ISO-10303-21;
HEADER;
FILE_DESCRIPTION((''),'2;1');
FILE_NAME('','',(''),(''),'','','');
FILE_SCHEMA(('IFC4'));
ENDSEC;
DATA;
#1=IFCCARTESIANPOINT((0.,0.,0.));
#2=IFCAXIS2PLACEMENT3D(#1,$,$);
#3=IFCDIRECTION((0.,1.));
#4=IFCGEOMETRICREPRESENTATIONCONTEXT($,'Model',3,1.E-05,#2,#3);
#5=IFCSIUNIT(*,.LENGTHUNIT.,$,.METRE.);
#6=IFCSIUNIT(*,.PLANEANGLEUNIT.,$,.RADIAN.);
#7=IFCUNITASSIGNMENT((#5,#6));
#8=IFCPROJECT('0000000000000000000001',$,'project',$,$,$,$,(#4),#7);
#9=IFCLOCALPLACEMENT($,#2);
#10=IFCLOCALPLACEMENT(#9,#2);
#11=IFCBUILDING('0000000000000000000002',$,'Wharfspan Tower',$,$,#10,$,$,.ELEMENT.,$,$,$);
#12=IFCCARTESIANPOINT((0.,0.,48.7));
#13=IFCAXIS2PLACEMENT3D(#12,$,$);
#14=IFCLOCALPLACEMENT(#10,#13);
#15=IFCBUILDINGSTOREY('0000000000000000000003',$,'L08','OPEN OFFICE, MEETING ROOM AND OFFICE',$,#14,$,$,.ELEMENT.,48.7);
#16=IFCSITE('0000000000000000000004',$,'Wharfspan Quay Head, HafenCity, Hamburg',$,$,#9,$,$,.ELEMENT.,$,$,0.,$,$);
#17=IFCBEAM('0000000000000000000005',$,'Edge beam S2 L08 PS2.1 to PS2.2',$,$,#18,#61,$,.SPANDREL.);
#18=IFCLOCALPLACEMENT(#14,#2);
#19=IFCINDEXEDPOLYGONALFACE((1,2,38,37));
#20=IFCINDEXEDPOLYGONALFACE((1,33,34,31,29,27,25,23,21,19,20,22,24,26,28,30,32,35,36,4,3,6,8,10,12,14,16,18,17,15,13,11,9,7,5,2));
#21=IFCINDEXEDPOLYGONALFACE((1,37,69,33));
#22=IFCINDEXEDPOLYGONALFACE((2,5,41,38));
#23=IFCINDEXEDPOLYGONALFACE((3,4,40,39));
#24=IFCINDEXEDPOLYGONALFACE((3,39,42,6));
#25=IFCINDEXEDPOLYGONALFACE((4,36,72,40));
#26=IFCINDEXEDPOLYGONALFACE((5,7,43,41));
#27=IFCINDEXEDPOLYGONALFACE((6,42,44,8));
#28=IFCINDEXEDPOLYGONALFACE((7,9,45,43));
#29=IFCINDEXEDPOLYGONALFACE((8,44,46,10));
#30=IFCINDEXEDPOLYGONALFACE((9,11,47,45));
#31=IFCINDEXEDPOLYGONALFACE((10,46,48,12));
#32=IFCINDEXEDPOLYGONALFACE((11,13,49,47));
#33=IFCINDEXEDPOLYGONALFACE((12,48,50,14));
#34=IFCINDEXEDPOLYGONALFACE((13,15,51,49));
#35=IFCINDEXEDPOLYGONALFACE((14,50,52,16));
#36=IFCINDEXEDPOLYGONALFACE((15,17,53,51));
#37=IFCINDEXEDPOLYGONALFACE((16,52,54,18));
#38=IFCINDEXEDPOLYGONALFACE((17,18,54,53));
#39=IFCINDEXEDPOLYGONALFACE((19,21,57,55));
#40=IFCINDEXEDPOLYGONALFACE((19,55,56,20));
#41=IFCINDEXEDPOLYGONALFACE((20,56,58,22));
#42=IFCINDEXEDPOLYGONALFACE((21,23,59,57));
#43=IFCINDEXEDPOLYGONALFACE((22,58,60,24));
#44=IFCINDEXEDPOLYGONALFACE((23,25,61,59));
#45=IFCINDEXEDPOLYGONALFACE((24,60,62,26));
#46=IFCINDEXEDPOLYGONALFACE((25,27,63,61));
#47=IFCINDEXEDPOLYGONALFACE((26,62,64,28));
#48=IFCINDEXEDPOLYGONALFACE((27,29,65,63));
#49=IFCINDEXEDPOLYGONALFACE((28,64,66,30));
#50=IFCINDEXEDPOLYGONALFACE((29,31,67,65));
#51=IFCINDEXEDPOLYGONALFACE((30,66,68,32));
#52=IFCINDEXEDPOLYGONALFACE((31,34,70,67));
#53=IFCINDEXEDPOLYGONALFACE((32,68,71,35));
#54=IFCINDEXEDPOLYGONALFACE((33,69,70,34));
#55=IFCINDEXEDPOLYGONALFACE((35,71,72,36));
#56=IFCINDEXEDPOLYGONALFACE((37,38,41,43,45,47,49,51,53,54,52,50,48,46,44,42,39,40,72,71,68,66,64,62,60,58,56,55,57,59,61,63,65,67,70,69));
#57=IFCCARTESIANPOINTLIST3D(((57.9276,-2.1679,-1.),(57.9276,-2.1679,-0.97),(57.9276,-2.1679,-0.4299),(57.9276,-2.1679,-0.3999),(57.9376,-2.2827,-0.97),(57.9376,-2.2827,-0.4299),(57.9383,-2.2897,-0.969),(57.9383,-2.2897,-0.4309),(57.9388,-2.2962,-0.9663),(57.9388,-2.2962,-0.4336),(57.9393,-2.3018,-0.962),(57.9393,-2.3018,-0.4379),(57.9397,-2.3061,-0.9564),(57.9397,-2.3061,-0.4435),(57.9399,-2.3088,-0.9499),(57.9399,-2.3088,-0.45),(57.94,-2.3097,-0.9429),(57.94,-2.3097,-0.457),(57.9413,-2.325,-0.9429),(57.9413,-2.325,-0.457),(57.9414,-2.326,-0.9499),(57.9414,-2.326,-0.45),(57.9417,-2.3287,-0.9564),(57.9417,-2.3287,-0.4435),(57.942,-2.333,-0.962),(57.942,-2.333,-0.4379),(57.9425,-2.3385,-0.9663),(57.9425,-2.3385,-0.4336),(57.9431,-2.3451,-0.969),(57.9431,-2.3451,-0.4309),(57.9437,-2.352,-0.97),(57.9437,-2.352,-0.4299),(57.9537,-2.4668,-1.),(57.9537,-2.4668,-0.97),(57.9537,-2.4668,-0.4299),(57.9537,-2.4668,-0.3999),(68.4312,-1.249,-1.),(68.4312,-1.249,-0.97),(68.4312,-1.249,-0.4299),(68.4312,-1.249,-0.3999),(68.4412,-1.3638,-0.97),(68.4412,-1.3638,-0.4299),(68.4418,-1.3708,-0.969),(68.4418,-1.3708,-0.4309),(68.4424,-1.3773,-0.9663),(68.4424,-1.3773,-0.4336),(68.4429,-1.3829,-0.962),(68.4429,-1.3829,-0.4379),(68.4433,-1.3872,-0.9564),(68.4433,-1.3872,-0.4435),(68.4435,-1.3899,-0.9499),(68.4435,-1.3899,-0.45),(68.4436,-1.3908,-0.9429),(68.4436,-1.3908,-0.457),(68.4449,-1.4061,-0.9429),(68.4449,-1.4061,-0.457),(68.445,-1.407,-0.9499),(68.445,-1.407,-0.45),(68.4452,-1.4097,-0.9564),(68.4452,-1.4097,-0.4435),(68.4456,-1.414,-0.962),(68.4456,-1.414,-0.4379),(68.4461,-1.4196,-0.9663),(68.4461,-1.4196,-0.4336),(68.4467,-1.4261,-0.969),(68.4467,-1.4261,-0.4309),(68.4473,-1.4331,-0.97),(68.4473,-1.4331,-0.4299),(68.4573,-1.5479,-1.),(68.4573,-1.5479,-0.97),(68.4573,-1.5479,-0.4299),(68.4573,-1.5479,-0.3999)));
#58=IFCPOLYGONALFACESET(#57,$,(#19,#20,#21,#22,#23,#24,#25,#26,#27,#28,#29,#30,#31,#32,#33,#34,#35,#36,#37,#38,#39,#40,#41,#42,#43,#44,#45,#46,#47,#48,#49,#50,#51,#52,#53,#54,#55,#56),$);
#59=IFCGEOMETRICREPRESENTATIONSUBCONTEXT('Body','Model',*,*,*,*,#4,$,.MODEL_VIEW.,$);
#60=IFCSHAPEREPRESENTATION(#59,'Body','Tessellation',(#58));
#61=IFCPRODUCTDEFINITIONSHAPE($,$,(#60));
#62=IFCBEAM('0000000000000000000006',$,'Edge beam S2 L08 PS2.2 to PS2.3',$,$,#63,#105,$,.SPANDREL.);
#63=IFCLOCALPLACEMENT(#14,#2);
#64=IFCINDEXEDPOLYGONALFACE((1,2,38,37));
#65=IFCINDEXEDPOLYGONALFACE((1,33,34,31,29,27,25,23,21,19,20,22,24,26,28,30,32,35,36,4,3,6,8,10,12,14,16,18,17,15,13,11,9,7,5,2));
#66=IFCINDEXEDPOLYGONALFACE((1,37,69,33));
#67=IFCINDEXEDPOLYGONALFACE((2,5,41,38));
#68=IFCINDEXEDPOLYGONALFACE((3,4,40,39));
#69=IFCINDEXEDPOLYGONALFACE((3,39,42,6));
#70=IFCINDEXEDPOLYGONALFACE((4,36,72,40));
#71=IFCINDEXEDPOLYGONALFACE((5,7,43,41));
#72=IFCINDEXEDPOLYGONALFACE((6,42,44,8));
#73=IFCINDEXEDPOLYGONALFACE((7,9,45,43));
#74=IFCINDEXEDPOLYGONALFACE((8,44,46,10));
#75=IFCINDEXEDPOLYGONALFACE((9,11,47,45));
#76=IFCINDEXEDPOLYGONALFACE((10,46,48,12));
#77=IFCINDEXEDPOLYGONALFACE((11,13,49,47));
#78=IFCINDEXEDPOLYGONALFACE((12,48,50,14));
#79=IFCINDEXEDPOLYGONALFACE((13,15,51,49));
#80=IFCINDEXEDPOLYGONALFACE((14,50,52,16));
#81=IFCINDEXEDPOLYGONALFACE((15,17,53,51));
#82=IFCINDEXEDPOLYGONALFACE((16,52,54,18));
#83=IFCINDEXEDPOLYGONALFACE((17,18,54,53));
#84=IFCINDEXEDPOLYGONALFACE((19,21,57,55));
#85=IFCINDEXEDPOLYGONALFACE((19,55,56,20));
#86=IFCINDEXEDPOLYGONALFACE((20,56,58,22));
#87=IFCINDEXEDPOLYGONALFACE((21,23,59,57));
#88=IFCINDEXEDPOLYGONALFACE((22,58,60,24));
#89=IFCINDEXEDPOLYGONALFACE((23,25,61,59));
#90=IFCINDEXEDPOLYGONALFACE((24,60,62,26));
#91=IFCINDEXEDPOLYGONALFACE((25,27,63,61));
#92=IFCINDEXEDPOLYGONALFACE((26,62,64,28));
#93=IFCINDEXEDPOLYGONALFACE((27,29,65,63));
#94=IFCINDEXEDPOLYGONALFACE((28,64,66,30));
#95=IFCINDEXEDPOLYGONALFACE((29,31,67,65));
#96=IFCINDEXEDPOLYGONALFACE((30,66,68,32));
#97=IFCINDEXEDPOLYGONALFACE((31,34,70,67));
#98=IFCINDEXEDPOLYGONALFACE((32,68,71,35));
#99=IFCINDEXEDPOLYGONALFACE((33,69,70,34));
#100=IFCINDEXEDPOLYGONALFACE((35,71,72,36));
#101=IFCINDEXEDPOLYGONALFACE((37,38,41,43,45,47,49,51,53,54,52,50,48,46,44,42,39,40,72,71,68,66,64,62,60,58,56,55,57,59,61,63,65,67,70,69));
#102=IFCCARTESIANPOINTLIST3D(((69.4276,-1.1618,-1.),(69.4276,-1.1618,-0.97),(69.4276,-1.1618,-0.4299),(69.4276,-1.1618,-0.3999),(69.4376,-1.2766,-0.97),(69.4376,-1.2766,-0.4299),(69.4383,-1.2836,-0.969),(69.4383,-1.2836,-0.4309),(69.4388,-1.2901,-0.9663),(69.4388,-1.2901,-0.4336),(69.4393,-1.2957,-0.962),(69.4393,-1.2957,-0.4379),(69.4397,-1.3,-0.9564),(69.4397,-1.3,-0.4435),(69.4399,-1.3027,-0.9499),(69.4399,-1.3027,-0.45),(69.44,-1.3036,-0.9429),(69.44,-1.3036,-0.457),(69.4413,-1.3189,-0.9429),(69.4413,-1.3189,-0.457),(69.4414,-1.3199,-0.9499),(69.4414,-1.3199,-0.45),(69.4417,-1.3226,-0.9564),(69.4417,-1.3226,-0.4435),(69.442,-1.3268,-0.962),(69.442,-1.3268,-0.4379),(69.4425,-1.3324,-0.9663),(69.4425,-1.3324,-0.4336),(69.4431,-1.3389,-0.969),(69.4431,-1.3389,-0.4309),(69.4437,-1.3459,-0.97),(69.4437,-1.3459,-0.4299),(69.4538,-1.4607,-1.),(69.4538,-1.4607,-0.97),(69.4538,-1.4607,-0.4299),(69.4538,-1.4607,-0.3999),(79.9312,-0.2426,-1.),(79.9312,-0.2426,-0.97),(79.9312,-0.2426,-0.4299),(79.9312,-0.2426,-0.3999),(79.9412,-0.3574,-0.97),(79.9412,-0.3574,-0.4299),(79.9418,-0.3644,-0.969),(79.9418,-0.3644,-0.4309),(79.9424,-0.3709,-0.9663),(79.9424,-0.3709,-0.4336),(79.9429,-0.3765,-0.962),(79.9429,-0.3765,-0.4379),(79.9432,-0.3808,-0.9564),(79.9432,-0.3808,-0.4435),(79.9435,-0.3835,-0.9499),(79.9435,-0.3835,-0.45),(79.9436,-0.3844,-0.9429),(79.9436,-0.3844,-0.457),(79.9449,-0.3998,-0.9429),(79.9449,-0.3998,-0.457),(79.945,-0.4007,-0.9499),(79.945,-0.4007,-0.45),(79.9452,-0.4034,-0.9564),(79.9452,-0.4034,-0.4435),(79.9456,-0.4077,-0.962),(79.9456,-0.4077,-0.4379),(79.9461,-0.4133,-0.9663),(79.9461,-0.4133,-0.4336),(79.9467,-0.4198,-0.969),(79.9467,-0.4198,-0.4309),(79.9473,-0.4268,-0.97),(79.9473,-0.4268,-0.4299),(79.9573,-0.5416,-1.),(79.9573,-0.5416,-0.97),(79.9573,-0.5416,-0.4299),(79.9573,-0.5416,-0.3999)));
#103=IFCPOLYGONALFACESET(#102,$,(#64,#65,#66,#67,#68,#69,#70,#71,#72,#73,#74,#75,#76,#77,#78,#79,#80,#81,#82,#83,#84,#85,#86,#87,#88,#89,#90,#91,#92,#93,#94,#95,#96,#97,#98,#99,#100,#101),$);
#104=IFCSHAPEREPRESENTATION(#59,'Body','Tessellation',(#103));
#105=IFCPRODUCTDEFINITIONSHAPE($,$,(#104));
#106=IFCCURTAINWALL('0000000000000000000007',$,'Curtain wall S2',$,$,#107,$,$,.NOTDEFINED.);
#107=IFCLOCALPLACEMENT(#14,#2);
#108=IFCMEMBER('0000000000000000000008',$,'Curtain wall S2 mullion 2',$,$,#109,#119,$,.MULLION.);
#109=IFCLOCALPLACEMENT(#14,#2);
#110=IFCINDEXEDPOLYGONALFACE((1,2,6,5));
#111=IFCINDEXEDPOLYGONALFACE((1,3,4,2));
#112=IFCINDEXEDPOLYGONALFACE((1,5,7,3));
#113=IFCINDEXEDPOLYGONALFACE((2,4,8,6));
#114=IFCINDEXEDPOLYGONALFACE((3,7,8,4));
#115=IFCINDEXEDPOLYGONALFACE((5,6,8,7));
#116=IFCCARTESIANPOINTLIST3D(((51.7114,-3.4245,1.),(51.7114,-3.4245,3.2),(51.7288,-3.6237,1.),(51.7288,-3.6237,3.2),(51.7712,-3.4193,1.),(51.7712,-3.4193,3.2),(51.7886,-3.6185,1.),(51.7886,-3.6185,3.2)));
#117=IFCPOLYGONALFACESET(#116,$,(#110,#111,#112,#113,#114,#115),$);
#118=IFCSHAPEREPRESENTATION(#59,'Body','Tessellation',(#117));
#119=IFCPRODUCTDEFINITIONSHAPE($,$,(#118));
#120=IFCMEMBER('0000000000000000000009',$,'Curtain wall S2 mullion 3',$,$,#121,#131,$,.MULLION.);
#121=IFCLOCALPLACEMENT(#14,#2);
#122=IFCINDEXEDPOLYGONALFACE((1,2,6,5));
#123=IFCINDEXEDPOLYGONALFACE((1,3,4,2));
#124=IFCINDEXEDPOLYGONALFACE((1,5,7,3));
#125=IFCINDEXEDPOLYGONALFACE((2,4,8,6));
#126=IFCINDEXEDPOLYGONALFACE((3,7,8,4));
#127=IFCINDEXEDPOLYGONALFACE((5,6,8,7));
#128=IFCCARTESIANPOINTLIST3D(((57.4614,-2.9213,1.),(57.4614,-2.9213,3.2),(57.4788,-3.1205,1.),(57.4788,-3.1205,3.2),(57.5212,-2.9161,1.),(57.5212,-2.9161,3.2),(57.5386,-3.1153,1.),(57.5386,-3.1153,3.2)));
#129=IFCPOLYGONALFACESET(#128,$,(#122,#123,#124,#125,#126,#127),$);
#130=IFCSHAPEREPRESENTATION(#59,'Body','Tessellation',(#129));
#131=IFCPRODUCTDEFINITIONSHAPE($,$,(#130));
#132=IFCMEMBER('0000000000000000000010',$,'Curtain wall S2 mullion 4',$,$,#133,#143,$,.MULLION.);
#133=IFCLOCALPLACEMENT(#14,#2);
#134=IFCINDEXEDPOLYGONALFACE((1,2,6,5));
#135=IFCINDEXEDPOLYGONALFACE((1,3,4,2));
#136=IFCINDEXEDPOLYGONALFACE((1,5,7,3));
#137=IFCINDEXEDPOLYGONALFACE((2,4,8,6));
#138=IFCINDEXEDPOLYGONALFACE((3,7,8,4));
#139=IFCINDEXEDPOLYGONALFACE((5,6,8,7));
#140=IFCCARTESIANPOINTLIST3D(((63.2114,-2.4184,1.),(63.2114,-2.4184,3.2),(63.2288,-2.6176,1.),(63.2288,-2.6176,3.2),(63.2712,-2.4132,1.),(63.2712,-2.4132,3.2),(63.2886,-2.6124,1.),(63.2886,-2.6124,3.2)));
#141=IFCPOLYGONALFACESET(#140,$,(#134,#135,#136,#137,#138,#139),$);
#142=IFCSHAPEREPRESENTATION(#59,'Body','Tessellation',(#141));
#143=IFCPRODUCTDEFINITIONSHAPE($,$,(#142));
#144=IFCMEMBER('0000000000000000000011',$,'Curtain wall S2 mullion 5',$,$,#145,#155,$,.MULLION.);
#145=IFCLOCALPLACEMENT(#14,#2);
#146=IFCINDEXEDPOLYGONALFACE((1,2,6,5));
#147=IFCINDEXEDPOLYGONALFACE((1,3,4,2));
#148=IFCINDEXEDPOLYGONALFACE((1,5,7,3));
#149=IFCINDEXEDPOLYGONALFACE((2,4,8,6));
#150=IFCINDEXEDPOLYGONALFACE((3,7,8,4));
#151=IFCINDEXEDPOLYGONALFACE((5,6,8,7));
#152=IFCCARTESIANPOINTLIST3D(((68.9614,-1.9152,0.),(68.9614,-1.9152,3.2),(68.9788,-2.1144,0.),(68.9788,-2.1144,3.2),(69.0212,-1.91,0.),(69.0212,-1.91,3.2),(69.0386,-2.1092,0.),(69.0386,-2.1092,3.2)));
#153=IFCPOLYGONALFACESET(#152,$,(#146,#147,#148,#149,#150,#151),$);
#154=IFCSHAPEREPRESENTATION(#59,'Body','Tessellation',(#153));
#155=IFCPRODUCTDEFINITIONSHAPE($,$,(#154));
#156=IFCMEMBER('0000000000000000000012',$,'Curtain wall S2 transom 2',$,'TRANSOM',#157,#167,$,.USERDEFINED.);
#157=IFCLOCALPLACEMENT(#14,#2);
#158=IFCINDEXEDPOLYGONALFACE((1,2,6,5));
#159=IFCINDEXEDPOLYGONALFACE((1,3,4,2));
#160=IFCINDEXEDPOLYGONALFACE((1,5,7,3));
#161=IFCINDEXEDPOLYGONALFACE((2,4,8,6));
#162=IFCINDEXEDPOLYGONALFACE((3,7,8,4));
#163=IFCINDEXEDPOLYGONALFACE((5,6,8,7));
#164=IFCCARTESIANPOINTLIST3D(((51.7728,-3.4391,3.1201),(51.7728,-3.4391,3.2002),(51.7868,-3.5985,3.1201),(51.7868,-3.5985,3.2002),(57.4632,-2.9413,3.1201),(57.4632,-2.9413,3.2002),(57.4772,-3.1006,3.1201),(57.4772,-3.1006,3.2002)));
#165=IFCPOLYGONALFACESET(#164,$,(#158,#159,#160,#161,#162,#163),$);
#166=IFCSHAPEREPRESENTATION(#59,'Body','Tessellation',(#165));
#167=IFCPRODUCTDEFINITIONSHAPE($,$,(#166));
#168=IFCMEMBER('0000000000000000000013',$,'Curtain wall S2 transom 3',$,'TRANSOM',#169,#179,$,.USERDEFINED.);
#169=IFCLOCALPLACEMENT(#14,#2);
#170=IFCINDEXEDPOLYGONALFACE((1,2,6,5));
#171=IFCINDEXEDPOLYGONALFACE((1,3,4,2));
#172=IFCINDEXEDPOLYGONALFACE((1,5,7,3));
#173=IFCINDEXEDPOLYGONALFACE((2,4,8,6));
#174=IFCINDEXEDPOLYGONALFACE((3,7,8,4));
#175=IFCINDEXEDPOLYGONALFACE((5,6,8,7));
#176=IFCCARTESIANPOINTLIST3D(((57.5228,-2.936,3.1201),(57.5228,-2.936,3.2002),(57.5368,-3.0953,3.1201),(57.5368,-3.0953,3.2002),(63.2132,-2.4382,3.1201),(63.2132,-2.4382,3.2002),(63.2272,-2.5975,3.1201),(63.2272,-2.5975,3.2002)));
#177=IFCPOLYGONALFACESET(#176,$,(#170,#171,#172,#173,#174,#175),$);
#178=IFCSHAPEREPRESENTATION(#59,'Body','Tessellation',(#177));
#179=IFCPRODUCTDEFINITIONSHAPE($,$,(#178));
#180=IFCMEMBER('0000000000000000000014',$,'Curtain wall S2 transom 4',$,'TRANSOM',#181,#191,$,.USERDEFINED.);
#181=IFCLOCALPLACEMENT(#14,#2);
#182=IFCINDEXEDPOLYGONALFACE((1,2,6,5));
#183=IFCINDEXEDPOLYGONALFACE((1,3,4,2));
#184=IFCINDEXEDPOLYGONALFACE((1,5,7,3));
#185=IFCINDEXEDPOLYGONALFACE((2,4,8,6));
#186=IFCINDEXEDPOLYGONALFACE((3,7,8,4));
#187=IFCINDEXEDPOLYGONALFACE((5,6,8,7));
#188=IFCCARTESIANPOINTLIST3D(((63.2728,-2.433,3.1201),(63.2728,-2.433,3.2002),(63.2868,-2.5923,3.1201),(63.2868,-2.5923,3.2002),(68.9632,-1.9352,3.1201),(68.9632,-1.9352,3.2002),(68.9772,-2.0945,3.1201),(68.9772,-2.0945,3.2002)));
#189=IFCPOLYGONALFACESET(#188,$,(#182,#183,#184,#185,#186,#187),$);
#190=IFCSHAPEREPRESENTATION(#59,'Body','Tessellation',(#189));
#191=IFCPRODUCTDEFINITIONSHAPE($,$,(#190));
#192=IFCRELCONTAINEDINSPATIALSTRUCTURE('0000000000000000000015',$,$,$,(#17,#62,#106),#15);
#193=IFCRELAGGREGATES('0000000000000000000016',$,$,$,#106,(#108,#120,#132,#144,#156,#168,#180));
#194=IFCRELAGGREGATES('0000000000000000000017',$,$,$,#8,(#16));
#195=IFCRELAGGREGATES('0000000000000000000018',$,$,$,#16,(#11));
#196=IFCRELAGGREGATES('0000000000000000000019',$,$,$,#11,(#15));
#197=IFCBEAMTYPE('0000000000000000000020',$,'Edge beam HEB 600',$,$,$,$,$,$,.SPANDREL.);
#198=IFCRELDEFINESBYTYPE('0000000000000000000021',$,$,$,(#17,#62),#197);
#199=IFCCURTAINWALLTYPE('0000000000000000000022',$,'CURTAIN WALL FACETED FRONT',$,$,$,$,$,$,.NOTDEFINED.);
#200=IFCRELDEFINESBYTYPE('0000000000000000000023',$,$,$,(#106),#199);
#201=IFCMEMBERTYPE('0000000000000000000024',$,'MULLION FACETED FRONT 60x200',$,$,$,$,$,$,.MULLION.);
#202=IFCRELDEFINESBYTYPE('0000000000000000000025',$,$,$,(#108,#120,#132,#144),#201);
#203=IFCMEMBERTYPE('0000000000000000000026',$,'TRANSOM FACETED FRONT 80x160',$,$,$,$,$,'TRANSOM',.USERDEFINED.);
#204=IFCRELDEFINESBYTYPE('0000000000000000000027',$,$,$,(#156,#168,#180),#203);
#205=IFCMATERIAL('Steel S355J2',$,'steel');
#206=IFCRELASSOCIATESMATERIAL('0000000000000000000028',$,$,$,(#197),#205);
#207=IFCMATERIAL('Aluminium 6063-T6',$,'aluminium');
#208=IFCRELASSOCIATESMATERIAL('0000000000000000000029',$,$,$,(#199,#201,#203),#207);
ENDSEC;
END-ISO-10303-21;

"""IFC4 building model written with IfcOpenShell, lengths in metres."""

from ifc_helpers import new_model, si_unit, direction, frame, origin, origin_2d, place, context, subcontext, project, spatial, rectangle, i_section, extrude, material, material_profile, profile_set, type_object, element, aggregate, save


model = new_model("IFC4")

# Units and contexts
model_context = context("Model", 3, precision=1e-05, world=origin(), true_north=direction((0.0, 1.0)))
body_context = subcontext(model_context, "Body", "Model", "MODEL_VIEW")
ifc_project = project(units=[si_unit("LENGTHUNIT", "METRE"), si_unit("PLANEANGLEUNIT", "RADIAN")], contexts=[model_context])

# Site, building, storey
site_placement = place(None, origin())
site = spatial("IfcSite", under=ifc_project, at=site_placement, Name="Wharfspan Quay Head, HafenCity, Hamburg", CompositionType="ELEMENT", RefElevation=0.0)
building_placement = place(site_placement, origin())
building = spatial("IfcBuilding", under=site, at=building_placement, Name="Wharfspan Tower", CompositionType="ELEMENT")
storey_placement = place(building_placement, frame((0.0, 0.0, 48.7)))
storey = spatial("IfcBuildingStorey", under=building, at=storey_placement, Name="L08", Description="OPEN OFFICE, MEETING ROOM AND OFFICE", CompositionType="ELEMENT", Elevation=48.7)

# Shared definitions
ifc_material_1 = material(Name="Steel S355J2", Category="steel")

# Beams
ifc_material_profile_1 = material_profile(ifc_material_1, i_section(OverallWidth=0.3, OverallDepth=0.6001, WebThickness=0.0154, FlangeThickness=0.03, FilletRadius=0.0271, at=origin_2d()))
ifc_profile_set_1 = profile_set([ifc_material_profile_1], Name="Steel S355J2")
beam_type = type_object("IfcBeamType", Name="Edge beam HEB 600", PredefinedType="SPANDREL", material=ifc_profile_set_1)
for number, where, z_axis, x_axis, name in (
    (1, (57.9407, -2.3174, -0.7), (0.996195, 0.087155, 0.0), (-0.087155, 0.996195, 0.0), "Edge beam S2 L08 PS2.1 to PS2.2"),
    (2, (69.4407, -1.3113, -0.7), (0.996193, 0.087178, 0.0), (-0.087178, 0.996193, 0.0), "Edge beam S2 L08 PS2.2 to PS2.3"),
):
    element("IfcBeam", number, at=place(storey_placement, frame(where, z_axis=z_axis, x_axis=x_axis)), inside=storey, type_object=beam_type, Name=name, PredefinedType="SPANDREL", context=body_context, shape_type="SweptSolid", body=[
        extrude(i_section(OverallWidth=0.3, OverallDepth=0.6001, WebThickness=0.0154, FlangeThickness=0.03, FilletRadius=0.0271, at=origin_2d()), origin(), (0.0, 0.0, 1.0), 10.5437),
    ])

# Curtain wall, members
ifc_material_2 = material(Name="Aluminium 6063-T6", Category="aluminium")
curtain_wall_type = type_object("IfcCurtainWallType", Name="CURTAIN WALL FACETED FRONT", PredefinedType="NOTDEFINED", material=ifc_material_2)
curtain_wall_placement = place(storey_placement, origin())
curtain_wall = element("IfcCurtainWall", 3, at=curtain_wall_placement, inside=storey, type_object=curtain_wall_type, Name="Curtain wall S2", PredefinedType="NOTDEFINED")
ifc_material_profile_2 = material_profile(ifc_material_2, rectangle(XDim=0.2, YDim=0.0601, at=origin_2d()))
ifc_profile_set_2 = profile_set([ifc_material_profile_2], Name="Aluminium 6063-T6")
member_type_1 = type_object("IfcMemberType", Name="MULLION FACETED FRONT 60x200", PredefinedType="MULLION", material=ifc_profile_set_2)
member_1_placement = place(storey_placement, frame((51.75, -3.5215, 1.0), z_axis=(0.0, 0.0, 1.0), x_axis=(-0.087156, 0.996197, 0.0)))
member_1 = element("IfcMember", 4, at=member_1_placement, type_object=member_type_1, Name="Curtain wall S2 mullion 2", PredefinedType="MULLION", context=body_context, shape_type="SweptSolid", body=[
    extrude(rectangle(XDim=0.2, YDim=0.0601, at=origin_2d()), origin(), (0.0, 0.0, 1.0), 2.2),
])
member_2_placement = place(storey_placement, frame((57.5, -3.0183, 1.0), z_axis=(0.0, 0.0, 1.0), x_axis=(-0.087156, 0.996197, 0.0)))
member_2 = element("IfcMember", 5, at=member_2_placement, type_object=member_type_1, Name="Curtain wall S2 mullion 3", PredefinedType="MULLION", context=body_context, shape_type="SweptSolid", body=[
    extrude(rectangle(XDim=0.2, YDim=0.0601, at=origin_2d()), origin(), (0.0, 0.0, 1.0), 2.2),
])
member_3_placement = place(storey_placement, frame((63.25, -2.5154, 1.0), z_axis=(0.0, 0.0, 1.0), x_axis=(-0.087156, 0.996197, 0.0)))
member_3 = element("IfcMember", 6, at=member_3_placement, type_object=member_type_1, Name="Curtain wall S2 mullion 4", PredefinedType="MULLION", context=body_context, shape_type="SweptSolid", body=[
    extrude(rectangle(XDim=0.2, YDim=0.0601, at=origin_2d()), origin(), (0.0, 0.0, 1.0), 2.2),
])
member_4_placement = place(storey_placement, frame((69.0, -2.0122, 0.0), z_axis=(0.0, 0.0, 1.0), x_axis=(-0.087156, 0.996197, 0.0)))
member_4 = element("IfcMember", 7, at=member_4_placement, type_object=member_type_1, Name="Curtain wall S2 mullion 5", PredefinedType="MULLION", context=body_context, shape_type="SweptSolid", body=[
    extrude(rectangle(XDim=0.2, YDim=0.0601, at=origin_2d()), origin(), (0.0, 0.0, 1.0), 3.2),
])
ifc_material_profile_3 = material_profile(ifc_material_2, rectangle(XDim=0.1599, YDim=0.0801, at=origin_2d()))
ifc_profile_set_3 = profile_set([ifc_material_profile_3], Name="Aluminium 6063-T6")
member_type_2 = type_object("IfcMemberType", Name="TRANSOM FACETED FRONT 80x160", ElementType="TRANSOM", PredefinedType="USERDEFINED", material=ifc_profile_set_3)
member_5_placement = place(storey_placement, frame((51.7798, -3.5188, 3.1602), z_axis=(0.996195, 0.087148, 0.0), x_axis=(-0.087148, 0.996195, 0.0)))
member_5 = element("IfcMember", 8, at=member_5_placement, type_object=member_type_2, Name="Curtain wall S2 transom 2", ObjectType="TRANSOM", PredefinedType="USERDEFINED", context=body_context, shape_type="SweptSolid", body=[
    extrude(rectangle(XDim=0.1599, YDim=0.0801, at=origin_2d()), origin(), (0.0, 0.0, 1.0), 5.7122),
])
member_6_placement = place(storey_placement, frame((57.5298, -3.0156, 3.1602), z_axis=(0.996195, 0.087148, 0.0), x_axis=(-0.087148, 0.996195, 0.0)))
member_6 = element("IfcMember", 9, at=member_6_placement, type_object=member_type_2, Name="Curtain wall S2 transom 3", ObjectType="TRANSOM", PredefinedType="USERDEFINED", context=body_context, shape_type="SweptSolid", body=[
    extrude(rectangle(XDim=0.1599, YDim=0.0801, at=origin_2d()), origin(), (0.0, 0.0, 1.0), 5.7122),
])
member_7_placement = place(storey_placement, frame((63.2798, -2.5127, 3.1602), z_axis=(0.996195, 0.087148, 0.0), x_axis=(-0.087148, 0.996195, 0.0)))
member_7 = element("IfcMember", 10, at=member_7_placement, type_object=member_type_2, Name="Curtain wall S2 transom 4", ObjectType="TRANSOM", PredefinedType="USERDEFINED", context=body_context, shape_type="SweptSolid", body=[
    extrude(rectangle(XDim=0.1599, YDim=0.0801, at=origin_2d()), origin(), (0.0, 0.0, 1.0), 5.7122),
])
aggregate(curtain_wall, [member_1, member_2, member_3, member_4, member_5, member_6, member_7])

save(model, "model.ifc")
